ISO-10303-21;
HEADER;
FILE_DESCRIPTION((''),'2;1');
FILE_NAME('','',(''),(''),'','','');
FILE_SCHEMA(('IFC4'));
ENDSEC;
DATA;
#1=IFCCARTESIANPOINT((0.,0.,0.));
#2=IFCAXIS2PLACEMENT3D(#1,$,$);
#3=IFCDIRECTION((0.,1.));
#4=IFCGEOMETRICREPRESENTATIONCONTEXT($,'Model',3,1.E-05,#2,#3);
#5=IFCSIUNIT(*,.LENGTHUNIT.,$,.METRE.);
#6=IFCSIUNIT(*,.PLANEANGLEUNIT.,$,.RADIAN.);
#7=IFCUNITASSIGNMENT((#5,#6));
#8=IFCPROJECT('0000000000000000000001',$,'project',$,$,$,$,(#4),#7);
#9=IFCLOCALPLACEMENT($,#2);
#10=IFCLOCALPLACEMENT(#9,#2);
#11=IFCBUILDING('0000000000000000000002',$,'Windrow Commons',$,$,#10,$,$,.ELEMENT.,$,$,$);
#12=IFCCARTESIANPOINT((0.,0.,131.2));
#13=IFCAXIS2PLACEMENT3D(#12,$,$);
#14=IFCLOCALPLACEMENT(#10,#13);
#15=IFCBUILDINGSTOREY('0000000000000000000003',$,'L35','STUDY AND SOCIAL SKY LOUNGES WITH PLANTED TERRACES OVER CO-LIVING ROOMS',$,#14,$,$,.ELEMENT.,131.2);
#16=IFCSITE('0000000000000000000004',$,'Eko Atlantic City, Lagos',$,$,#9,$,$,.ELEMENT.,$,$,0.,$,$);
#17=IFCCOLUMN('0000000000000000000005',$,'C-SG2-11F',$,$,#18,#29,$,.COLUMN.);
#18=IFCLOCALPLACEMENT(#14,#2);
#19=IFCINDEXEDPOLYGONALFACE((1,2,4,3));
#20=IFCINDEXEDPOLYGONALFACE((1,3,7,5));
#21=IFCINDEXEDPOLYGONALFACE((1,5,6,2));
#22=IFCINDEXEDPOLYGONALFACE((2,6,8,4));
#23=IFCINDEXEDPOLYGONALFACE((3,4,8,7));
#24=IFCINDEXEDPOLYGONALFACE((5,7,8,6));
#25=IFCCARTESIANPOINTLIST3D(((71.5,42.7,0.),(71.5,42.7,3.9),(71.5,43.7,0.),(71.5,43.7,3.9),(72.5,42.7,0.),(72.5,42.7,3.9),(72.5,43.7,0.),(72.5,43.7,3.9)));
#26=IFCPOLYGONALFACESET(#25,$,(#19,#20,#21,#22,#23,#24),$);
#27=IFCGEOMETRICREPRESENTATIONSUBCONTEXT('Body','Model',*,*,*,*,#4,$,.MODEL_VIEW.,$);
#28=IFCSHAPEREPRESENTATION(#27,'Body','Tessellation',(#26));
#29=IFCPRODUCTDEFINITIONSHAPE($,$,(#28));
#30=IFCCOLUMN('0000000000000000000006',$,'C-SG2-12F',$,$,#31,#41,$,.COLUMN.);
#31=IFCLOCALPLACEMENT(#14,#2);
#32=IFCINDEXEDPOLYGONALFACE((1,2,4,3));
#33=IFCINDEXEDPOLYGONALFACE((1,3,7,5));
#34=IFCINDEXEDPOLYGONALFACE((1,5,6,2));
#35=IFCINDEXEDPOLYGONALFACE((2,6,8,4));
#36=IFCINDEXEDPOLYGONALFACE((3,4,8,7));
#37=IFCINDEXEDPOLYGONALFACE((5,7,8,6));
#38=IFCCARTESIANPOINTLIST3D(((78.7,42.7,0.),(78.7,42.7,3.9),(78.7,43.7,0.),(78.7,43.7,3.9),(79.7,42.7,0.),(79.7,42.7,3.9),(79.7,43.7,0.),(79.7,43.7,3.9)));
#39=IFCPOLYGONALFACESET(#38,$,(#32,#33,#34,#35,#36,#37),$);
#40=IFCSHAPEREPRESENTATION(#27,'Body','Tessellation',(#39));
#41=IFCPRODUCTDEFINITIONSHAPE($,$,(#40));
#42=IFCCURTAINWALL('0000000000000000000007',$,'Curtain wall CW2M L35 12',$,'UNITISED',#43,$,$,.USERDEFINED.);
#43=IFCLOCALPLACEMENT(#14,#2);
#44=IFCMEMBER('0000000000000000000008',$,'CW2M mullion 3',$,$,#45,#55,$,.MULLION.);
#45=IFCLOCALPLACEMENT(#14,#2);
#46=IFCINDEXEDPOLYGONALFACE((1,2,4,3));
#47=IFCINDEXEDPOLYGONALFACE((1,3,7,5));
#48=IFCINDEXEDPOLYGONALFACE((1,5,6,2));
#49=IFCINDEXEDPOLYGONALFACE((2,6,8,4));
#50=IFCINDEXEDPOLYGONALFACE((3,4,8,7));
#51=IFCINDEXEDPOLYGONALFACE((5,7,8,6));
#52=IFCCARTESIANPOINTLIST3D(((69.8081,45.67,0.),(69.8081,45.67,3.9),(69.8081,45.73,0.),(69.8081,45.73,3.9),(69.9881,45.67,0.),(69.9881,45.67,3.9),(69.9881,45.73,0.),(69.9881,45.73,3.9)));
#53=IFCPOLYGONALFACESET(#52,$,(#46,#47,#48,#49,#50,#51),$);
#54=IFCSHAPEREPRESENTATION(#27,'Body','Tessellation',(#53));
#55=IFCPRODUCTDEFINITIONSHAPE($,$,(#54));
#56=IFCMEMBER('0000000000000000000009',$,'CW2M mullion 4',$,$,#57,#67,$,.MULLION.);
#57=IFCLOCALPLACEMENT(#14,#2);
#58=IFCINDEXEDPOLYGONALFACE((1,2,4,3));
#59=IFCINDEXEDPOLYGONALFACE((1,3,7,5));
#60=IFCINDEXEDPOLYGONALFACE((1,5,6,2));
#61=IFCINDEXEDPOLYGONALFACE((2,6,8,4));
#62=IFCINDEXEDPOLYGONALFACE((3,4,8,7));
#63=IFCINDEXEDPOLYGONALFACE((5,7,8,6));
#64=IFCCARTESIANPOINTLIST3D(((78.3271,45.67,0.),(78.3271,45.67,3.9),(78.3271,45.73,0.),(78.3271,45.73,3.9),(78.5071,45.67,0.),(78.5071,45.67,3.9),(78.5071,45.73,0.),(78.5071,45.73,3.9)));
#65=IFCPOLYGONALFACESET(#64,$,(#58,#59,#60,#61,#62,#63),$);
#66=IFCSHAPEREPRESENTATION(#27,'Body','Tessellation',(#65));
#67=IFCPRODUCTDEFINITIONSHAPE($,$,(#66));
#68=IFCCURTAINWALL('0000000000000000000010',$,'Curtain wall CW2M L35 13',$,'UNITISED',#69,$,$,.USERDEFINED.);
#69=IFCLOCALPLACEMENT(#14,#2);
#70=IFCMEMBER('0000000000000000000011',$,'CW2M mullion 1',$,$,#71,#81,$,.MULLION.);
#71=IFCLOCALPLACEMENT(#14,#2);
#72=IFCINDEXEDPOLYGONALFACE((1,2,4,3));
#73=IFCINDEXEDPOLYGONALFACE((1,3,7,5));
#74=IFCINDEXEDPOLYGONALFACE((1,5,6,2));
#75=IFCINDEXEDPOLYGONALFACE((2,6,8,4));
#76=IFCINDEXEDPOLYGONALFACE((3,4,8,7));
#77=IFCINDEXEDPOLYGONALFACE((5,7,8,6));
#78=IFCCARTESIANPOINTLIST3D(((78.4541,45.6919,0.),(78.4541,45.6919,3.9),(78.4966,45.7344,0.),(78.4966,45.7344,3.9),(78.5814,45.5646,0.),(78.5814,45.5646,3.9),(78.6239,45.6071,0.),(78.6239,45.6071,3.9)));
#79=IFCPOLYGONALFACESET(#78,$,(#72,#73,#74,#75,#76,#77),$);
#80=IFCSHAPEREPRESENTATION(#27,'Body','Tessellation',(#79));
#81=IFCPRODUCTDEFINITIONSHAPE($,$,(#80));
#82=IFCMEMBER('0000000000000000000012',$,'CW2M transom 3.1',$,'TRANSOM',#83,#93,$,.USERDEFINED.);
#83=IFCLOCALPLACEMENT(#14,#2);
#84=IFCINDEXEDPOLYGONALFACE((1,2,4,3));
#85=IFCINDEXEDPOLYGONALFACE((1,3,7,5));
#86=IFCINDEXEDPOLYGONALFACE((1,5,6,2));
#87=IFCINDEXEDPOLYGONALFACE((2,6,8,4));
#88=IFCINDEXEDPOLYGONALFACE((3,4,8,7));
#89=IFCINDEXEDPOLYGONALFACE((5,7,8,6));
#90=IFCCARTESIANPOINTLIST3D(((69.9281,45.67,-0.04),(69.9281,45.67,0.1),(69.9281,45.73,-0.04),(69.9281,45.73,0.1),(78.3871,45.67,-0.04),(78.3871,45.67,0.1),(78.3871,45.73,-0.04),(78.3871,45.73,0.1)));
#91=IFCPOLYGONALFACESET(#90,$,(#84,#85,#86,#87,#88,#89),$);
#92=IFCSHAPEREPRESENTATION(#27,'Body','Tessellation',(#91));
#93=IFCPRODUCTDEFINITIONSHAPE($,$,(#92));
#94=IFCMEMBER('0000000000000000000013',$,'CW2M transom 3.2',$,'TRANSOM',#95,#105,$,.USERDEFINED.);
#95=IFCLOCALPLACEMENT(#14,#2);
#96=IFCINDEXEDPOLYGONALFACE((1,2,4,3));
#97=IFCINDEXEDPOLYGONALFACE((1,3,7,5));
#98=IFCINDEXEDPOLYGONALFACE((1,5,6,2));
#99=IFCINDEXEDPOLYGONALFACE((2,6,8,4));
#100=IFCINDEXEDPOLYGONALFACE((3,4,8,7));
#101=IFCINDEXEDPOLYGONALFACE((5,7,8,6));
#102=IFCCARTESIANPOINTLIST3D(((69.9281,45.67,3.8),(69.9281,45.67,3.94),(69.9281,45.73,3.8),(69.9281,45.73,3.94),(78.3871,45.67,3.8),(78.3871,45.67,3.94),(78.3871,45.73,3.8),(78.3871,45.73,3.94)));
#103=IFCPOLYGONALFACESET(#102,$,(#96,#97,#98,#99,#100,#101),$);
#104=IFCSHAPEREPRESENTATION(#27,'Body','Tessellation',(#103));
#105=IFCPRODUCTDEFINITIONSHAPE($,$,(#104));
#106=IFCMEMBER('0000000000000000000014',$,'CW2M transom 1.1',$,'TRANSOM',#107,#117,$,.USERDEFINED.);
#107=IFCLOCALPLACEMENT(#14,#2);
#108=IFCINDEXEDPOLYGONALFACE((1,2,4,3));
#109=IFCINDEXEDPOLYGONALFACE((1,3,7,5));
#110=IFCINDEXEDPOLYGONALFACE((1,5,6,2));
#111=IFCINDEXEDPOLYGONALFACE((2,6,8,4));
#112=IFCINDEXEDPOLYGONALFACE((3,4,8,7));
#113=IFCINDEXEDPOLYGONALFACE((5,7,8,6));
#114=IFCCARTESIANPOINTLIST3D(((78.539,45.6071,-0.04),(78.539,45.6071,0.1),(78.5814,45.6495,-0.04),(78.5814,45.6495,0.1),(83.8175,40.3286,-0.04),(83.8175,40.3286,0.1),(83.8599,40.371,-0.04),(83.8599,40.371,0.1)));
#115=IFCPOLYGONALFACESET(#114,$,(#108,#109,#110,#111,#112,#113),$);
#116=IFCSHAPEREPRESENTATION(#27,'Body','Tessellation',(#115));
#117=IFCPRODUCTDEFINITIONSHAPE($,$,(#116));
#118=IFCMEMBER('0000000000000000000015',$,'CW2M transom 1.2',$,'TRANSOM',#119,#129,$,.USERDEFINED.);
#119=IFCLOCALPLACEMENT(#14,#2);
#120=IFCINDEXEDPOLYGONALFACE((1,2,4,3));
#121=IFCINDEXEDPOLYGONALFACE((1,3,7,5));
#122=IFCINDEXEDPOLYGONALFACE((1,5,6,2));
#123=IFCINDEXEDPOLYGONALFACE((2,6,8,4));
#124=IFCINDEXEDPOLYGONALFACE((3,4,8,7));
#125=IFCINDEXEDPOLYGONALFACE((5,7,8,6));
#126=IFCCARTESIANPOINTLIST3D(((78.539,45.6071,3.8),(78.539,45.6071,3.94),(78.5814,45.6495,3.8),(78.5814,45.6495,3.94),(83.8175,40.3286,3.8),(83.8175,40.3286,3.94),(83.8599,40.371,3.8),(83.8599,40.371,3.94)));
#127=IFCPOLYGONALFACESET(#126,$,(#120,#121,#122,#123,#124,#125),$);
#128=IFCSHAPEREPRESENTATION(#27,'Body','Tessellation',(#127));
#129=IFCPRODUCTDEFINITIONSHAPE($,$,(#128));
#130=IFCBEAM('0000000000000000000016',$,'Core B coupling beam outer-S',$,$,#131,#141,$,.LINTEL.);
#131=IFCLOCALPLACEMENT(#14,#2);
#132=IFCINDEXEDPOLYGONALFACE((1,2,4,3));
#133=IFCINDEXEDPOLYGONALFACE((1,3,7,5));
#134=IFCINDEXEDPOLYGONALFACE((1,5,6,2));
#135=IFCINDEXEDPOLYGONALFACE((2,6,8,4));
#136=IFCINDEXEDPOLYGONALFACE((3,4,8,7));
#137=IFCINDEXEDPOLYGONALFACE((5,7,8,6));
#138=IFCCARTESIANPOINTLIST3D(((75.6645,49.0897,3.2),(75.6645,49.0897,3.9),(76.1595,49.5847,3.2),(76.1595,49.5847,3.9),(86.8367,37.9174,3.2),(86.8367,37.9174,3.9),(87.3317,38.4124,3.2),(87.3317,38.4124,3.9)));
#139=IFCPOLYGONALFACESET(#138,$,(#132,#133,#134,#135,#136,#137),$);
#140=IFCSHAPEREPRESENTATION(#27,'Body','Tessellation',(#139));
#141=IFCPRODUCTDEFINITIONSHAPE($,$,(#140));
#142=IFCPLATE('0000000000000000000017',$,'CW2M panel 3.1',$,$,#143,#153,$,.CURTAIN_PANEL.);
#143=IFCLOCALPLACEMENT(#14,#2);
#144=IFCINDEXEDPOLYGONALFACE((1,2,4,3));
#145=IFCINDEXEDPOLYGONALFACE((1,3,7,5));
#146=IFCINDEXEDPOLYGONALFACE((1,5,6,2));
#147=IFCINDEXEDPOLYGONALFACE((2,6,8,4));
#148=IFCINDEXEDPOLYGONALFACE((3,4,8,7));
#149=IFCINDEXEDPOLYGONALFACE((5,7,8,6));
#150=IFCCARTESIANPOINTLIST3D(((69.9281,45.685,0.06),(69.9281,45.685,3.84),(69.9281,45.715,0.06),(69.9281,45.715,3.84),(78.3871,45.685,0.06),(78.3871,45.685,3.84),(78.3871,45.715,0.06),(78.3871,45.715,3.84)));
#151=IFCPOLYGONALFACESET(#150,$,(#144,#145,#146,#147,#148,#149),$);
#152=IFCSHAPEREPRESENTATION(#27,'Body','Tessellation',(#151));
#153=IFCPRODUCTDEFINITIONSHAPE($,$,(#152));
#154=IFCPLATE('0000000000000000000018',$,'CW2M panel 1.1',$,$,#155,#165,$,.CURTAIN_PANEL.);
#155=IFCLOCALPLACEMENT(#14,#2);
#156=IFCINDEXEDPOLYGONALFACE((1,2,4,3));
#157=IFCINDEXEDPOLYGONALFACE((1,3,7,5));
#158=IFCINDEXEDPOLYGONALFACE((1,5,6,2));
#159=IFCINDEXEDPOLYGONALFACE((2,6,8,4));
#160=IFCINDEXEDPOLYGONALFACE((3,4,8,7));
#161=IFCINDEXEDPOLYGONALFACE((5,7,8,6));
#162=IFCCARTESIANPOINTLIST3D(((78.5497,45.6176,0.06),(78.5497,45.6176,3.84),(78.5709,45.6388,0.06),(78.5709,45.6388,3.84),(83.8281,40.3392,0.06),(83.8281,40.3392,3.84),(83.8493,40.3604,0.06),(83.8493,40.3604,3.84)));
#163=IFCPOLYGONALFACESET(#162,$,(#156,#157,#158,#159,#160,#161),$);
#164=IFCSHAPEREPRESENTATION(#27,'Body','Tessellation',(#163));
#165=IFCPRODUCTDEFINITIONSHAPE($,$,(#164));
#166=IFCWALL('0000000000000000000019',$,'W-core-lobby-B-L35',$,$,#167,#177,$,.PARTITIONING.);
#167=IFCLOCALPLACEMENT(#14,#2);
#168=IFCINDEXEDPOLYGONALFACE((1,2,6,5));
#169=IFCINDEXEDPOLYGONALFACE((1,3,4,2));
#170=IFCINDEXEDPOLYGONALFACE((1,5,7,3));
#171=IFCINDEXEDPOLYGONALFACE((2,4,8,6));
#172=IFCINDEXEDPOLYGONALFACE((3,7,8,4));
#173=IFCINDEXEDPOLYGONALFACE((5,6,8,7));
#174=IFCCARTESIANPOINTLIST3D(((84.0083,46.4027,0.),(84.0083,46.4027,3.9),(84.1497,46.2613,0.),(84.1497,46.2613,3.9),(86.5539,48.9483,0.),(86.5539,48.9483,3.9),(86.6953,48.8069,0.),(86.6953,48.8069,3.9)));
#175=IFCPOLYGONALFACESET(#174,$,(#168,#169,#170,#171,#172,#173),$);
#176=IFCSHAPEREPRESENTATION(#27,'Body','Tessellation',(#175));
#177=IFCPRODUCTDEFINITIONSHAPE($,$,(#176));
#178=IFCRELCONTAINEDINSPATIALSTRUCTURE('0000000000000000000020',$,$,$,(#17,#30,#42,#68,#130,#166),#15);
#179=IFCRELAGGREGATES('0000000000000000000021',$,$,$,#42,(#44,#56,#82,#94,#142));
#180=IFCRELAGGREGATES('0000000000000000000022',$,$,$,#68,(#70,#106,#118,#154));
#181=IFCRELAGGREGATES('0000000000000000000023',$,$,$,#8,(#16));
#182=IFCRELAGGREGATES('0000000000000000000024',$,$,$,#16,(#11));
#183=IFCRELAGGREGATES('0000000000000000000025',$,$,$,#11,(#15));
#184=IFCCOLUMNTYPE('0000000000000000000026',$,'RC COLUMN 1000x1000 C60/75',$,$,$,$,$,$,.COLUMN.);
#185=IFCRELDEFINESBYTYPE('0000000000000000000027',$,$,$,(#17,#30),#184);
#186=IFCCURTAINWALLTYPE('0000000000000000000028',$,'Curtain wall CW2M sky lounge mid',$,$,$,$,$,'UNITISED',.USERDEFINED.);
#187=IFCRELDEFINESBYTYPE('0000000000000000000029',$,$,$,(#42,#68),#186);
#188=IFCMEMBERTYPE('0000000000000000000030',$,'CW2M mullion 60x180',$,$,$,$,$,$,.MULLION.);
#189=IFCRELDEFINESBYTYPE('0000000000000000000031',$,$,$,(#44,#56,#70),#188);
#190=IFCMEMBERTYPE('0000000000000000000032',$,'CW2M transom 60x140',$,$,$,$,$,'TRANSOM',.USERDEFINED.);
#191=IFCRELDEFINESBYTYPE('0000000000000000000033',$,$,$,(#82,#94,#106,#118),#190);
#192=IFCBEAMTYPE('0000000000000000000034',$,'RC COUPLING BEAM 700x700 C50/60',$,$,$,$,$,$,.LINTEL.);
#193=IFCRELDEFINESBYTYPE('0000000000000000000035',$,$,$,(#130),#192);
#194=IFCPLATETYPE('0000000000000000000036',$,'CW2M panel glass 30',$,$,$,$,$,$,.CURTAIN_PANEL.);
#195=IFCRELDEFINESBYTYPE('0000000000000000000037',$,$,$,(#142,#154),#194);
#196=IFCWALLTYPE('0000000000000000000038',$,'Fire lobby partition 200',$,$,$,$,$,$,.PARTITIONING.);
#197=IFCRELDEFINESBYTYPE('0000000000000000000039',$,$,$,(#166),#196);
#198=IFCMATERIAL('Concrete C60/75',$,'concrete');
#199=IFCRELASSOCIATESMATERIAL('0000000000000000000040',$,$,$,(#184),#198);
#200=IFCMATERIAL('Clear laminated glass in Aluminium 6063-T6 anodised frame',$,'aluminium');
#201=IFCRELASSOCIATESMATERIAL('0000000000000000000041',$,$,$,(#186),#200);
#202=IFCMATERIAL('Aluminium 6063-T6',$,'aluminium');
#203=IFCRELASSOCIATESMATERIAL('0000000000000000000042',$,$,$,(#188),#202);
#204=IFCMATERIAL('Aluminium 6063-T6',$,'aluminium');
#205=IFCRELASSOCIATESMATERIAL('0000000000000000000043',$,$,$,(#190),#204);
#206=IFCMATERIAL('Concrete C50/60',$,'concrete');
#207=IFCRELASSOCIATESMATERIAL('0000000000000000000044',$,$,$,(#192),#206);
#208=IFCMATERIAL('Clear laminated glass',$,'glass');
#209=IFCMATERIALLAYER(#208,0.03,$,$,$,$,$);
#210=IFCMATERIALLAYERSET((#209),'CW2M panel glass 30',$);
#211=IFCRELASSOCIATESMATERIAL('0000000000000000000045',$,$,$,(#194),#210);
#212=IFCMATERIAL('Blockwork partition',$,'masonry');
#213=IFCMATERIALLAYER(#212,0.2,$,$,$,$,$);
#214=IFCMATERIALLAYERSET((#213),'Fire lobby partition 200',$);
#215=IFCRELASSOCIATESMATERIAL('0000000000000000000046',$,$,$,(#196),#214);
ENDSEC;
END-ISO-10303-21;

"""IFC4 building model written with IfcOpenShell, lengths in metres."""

from ifc_helpers import new_model, si_unit, direction, frame, frame_2d, origin, origin_2d, place, context, subcontext, project, spatial, rectangle, extrude, material, layer, layer_set, material_profile, profile_set, type_object, element, aggregate, save


model = new_model("IFC4")

# Units and contexts
model_context = context("Model", 3, precision=1e-05, world=origin(), true_north=direction((0.0, 1.0)))
body_context = subcontext(model_context, "Body", "Model", "MODEL_VIEW")
ifc_project = project(units=[si_unit("LENGTHUNIT", "METRE"), si_unit("PLANEANGLEUNIT", "RADIAN")], contexts=[model_context])

# Site, building, storey
site_placement = place(None, origin())
site = spatial("IfcSite", under=ifc_project, at=site_placement, Name="Eko Atlantic City, Lagos", CompositionType="ELEMENT", RefElevation=0.0)
building_placement = place(site_placement, origin())
building = spatial("IfcBuilding", under=site, at=building_placement, Name="Windrow Commons", CompositionType="ELEMENT")
storey_placement = place(building_placement, frame((0.0, 0.0, 131.2)))
storey = spatial("IfcBuildingStorey", under=building, at=storey_placement, Name="L35", Description="STUDY AND SOCIAL SKY LOUNGES WITH PLANTED TERRACES OVER CO-LIVING ROOMS", CompositionType="ELEMENT", Elevation=131.2)

# Columns
ifc_material_1 = material(Name="Concrete C60/75", Category="concrete")
ifc_material_profile_1 = material_profile(ifc_material_1, rectangle(XDim=1.0, YDim=1.0, at=origin_2d()))
ifc_profile_set_1 = profile_set([ifc_material_profile_1], Name="Concrete C60/75")
column_type = type_object("IfcColumnType", Name="RC COLUMN 1000x1000 C60/75", PredefinedType="COLUMN", material=ifc_profile_set_1)
for number, where, z_axis, x_axis, name in (
    (1, (72.0, 43.2, 0.0), (0.0, 0.0, 1.0), (1.0, 0.0, 0.0), "C-SG2-11F"),
    (2, (79.2, 43.2, 0.0), (0.0, 0.0, 1.0), (1.0, 0.0, 0.0), "C-SG2-12F"),
):
    element("IfcColumn", number, at=place(storey_placement, frame(where, z_axis=z_axis, x_axis=x_axis)), inside=storey, type_object=column_type, Name=name, PredefinedType="COLUMN", context=body_context, shape_type="SweptSolid", body=[
        extrude(rectangle(XDim=1.0, YDim=1.0, at=origin_2d()), origin(), (0.0, 0.0, 1.0), 3.9),
    ])

# Curtain wall, members
ifc_material_2 = material(Name="Clear laminated glass in Aluminium 6063-T6 anodised frame", Category="aluminium")
curtain_wall_type = type_object("IfcCurtainWallType", Name="Curtain wall CW2M sky lounge mid", ElementType="UNITISED", PredefinedType="USERDEFINED", material=ifc_material_2)
placement = place(storey_placement, origin())
curtain_wall_1 = element("IfcCurtainWall", 3, at=placement, inside=storey, type_object=curtain_wall_type, Name="Curtain wall CW2M L35 12", ObjectType="UNITISED", PredefinedType="USERDEFINED")
ifc_material_3 = material(Name="Aluminium 6063-T6", Category="aluminium")
ifc_material_profile_2 = material_profile(ifc_material_3, rectangle(XDim=0.06, YDim=0.18, at=origin_2d()))
ifc_profile_set_2 = profile_set([ifc_material_profile_2], Name="Aluminium 6063-T6")
member_type_1 = type_object("IfcMemberType", Name="CW2M mullion 60x180", PredefinedType="MULLION", material=ifc_profile_set_2)
member_1_placement = place(storey_placement, frame((69.8981, 45.7, 0.0), z_axis=(0.0, 0.0, 1.0), x_axis=(0.0, 1.0, 0.0)))
member_1 = element("IfcMember", 4, at=member_1_placement, type_object=member_type_1, Name="CW2M mullion 3", PredefinedType="MULLION", context=body_context, shape_type="SweptSolid", body=[
    extrude(rectangle(XDim=0.06, YDim=0.18, at=origin_2d()), origin(), (0.0, 0.0, 1.0), 3.9),
])
member_2_placement = place(storey_placement, frame((78.4171, 45.7, 0.0), z_axis=(0.0, 0.0, 1.0), x_axis=(0.0, 1.0, 0.0)))
member_2 = element("IfcMember", 5, at=member_2_placement, type_object=member_type_1, Name="CW2M mullion 4", PredefinedType="MULLION", context=body_context, shape_type="SweptSolid", body=[
    extrude(rectangle(XDim=0.06, YDim=0.18, at=origin_2d()), origin(), (0.0, 0.0, 1.0), 3.9),
])

# Curtain wall, member
curtain_wall_2 = element("IfcCurtainWall", 6, at=placement, inside=storey, type_object=curtain_wall_type, Name="Curtain wall CW2M L35 13", ObjectType="UNITISED", PredefinedType="USERDEFINED")
member_3_placement = place(storey_placement, frame((78.539, 45.6495, 0.0), z_axis=(0.0, 0.0, 1.0), x_axis=(0.707107, 0.707107, 0.0)))
member_3 = element("IfcMember", 7, at=member_3_placement, type_object=member_type_1, Name="CW2M mullion 1", PredefinedType="MULLION", context=body_context, shape_type="SweptSolid", body=[
    extrude(rectangle(XDim=0.06, YDim=0.18, at=origin_2d()), origin(), (0.0, 0.0, 1.0), 3.9),
])

# Members
ifc_material_4 = material(Name="Aluminium 6063-T6", Category="aluminium")
ifc_material_profile_3 = material_profile(ifc_material_4, rectangle(XDim=0.06, YDim=0.14, at=origin_2d()))
ifc_profile_set_3 = profile_set([ifc_material_profile_3], Name="Aluminium 6063-T6")
member_type_2 = type_object("IfcMemberType", Name="CW2M transom 60x140", ElementType="TRANSOM", PredefinedType="USERDEFINED", material=ifc_profile_set_3)
member_4_placement = place(storey_placement, frame((69.9281, 45.7, 0.03), z_axis=(1.0, 0.0, 0.0), x_axis=(0.0, 1.0, 0.0)))
member_4 = element("IfcMember", 8, at=member_4_placement, type_object=member_type_2, Name="CW2M transom 3.1", ObjectType="TRANSOM", PredefinedType="USERDEFINED", context=body_context, shape_type="SweptSolid", body=[
    extrude(rectangle(XDim=0.06, YDim=0.14, at=origin_2d()), origin(), (0.0, 0.0, 1.0), 8.459),
])
member_5_placement = place(storey_placement, frame((69.9281, 45.7, 3.87), z_axis=(1.0, 0.0, 0.0), x_axis=(0.0, 1.0, 0.0)))
member_5 = element("IfcMember", 9, at=member_5_placement, type_object=member_type_2, Name="CW2M transom 3.2", ObjectType="TRANSOM", PredefinedType="USERDEFINED", context=body_context, shape_type="SweptSolid", body=[
    extrude(rectangle(XDim=0.06, YDim=0.14, at=origin_2d()), origin(), (0.0, 0.0, 1.0), 8.459),
])
member_6_placement = place(storey_placement, frame((78.5602, 45.6283, 0.03), z_axis=(0.707107, -0.707107, 0.0), x_axis=(0.707107, 0.707107, 0.0)))
member_6 = element("IfcMember", 10, at=member_6_placement, type_object=member_type_2, Name="CW2M transom 1.1", ObjectType="TRANSOM", PredefinedType="USERDEFINED", context=body_context, shape_type="SweptSolid", body=[
    extrude(rectangle(XDim=0.06, YDim=0.14, at=origin_2d()), origin(), (0.0, 0.0, 1.0), 7.4649),
])
member_7_placement = place(storey_placement, frame((78.5602, 45.6283, 3.87), z_axis=(0.707107, -0.707107, 0.0), x_axis=(0.707107, 0.707107, 0.0)))
member_7 = element("IfcMember", 11, at=member_7_placement, type_object=member_type_2, Name="CW2M transom 1.2", ObjectType="TRANSOM", PredefinedType="USERDEFINED", context=body_context, shape_type="SweptSolid", body=[
    extrude(rectangle(XDim=0.06, YDim=0.14, at=origin_2d()), origin(), (0.0, 0.0, 1.0), 7.4649),
])

# Beam
ifc_material_5 = material(Name="Concrete C50/60", Category="concrete")
ifc_material_profile_4 = material_profile(ifc_material_5, rectangle(XDim=0.7, YDim=0.7, at=origin_2d()))
ifc_profile_set_4 = profile_set([ifc_material_profile_4], Name="Concrete C50/60")
beam_type = type_object("IfcBeamType", Name="RC COUPLING BEAM 700x700 C50/60", PredefinedType="LINTEL", material=ifc_profile_set_4)
beam_placement = place(storey_placement, frame((75.912, 49.3372, 3.55), z_axis=(0.707104, -0.70711, 0.0), x_axis=(0.70711, 0.707104, 0.0)))
element("IfcBeam", 12, at=beam_placement, inside=storey, type_object=beam_type, Name="Core B coupling beam outer-S", PredefinedType="LINTEL", context=body_context, shape_type="SweptSolid", body=[
    extrude(rectangle(XDim=0.7, YDim=0.7, at=origin_2d()), origin(), (0.0, 0.0, 1.0), 15.7999),
])

# Plates
ifc_material_6 = material(Name="Clear laminated glass", Category="glass")
ifc_layer_1 = layer(ifc_material_6, 0.03)
ifc_layer_set_1 = layer_set([ifc_layer_1], Name="CW2M panel glass 30")
plate_type = type_object("IfcPlateType", Name="CW2M panel glass 30", PredefinedType="CURTAIN_PANEL", material=ifc_layer_set_1)
plate_1_placement = place(storey_placement, frame((74.1576, 45.7, 0.06), z_axis=(0.0, 0.0, 1.0), x_axis=(1.0, 0.0, 0.0)))
plate_1 = element("IfcPlate", 13, at=plate_1_placement, type_object=plate_type, Name="CW2M panel 3.1", PredefinedType="CURTAIN_PANEL", context=body_context, shape_type="SweptSolid", body=[
    extrude(rectangle(XDim=8.459, YDim=0.03, at=origin_2d()), origin(), (0.0, 0.0, 1.0), 3.78),
])
aggregate(curtain_wall_1, [member_1, member_2, member_4, member_5, plate_1])
plate_2_placement = place(storey_placement, frame((81.1995, 42.989, 0.06), z_axis=(0.0, 0.0, 1.0), x_axis=(0.707107, -0.707107, 0.0)))
plate_2 = element("IfcPlate", 14, at=plate_2_placement, type_object=plate_type, Name="CW2M panel 1.1", PredefinedType="CURTAIN_PANEL", context=body_context, shape_type="SweptSolid", body=[
    extrude(rectangle(XDim=7.4649, YDim=0.03, at=origin_2d()), origin(), (0.0, 0.0, 1.0), 3.78),
])
aggregate(curtain_wall_2, [member_3, member_6, member_7, plate_2])

# Wall
ifc_material_7 = material(Name="Blockwork partition", Category="masonry")
ifc_layer_2 = layer(ifc_material_7, 0.2)
ifc_layer_set_2 = layer_set([ifc_layer_2], Name="Fire lobby partition 200")
wall_type_1 = type_object("IfcWallType", Name="Fire lobby partition 200", PredefinedType="PARTITIONING", material=ifc_layer_set_2)
wall_1_placement = place(storey_placement, frame((84.079, 46.332, 0.0), z_axis=(0.0, 0.0, 1.0), x_axis=(0.707107, 0.707107, 0.0)))
element("IfcWall", 15, at=wall_1_placement, inside=storey, type_object=wall_type_1, Name="W-core-lobby-B-L35", PredefinedType="PARTITIONING", context=body_context, shape_type="SweptSolid", body=[
    extrude(rectangle(XDim=3.6, YDim=0.2, at=frame_2d((1.8, 0.0))), origin(), (0.0, 0.0, 1.0), 3.9),
])

save(model, "model.ifc")
